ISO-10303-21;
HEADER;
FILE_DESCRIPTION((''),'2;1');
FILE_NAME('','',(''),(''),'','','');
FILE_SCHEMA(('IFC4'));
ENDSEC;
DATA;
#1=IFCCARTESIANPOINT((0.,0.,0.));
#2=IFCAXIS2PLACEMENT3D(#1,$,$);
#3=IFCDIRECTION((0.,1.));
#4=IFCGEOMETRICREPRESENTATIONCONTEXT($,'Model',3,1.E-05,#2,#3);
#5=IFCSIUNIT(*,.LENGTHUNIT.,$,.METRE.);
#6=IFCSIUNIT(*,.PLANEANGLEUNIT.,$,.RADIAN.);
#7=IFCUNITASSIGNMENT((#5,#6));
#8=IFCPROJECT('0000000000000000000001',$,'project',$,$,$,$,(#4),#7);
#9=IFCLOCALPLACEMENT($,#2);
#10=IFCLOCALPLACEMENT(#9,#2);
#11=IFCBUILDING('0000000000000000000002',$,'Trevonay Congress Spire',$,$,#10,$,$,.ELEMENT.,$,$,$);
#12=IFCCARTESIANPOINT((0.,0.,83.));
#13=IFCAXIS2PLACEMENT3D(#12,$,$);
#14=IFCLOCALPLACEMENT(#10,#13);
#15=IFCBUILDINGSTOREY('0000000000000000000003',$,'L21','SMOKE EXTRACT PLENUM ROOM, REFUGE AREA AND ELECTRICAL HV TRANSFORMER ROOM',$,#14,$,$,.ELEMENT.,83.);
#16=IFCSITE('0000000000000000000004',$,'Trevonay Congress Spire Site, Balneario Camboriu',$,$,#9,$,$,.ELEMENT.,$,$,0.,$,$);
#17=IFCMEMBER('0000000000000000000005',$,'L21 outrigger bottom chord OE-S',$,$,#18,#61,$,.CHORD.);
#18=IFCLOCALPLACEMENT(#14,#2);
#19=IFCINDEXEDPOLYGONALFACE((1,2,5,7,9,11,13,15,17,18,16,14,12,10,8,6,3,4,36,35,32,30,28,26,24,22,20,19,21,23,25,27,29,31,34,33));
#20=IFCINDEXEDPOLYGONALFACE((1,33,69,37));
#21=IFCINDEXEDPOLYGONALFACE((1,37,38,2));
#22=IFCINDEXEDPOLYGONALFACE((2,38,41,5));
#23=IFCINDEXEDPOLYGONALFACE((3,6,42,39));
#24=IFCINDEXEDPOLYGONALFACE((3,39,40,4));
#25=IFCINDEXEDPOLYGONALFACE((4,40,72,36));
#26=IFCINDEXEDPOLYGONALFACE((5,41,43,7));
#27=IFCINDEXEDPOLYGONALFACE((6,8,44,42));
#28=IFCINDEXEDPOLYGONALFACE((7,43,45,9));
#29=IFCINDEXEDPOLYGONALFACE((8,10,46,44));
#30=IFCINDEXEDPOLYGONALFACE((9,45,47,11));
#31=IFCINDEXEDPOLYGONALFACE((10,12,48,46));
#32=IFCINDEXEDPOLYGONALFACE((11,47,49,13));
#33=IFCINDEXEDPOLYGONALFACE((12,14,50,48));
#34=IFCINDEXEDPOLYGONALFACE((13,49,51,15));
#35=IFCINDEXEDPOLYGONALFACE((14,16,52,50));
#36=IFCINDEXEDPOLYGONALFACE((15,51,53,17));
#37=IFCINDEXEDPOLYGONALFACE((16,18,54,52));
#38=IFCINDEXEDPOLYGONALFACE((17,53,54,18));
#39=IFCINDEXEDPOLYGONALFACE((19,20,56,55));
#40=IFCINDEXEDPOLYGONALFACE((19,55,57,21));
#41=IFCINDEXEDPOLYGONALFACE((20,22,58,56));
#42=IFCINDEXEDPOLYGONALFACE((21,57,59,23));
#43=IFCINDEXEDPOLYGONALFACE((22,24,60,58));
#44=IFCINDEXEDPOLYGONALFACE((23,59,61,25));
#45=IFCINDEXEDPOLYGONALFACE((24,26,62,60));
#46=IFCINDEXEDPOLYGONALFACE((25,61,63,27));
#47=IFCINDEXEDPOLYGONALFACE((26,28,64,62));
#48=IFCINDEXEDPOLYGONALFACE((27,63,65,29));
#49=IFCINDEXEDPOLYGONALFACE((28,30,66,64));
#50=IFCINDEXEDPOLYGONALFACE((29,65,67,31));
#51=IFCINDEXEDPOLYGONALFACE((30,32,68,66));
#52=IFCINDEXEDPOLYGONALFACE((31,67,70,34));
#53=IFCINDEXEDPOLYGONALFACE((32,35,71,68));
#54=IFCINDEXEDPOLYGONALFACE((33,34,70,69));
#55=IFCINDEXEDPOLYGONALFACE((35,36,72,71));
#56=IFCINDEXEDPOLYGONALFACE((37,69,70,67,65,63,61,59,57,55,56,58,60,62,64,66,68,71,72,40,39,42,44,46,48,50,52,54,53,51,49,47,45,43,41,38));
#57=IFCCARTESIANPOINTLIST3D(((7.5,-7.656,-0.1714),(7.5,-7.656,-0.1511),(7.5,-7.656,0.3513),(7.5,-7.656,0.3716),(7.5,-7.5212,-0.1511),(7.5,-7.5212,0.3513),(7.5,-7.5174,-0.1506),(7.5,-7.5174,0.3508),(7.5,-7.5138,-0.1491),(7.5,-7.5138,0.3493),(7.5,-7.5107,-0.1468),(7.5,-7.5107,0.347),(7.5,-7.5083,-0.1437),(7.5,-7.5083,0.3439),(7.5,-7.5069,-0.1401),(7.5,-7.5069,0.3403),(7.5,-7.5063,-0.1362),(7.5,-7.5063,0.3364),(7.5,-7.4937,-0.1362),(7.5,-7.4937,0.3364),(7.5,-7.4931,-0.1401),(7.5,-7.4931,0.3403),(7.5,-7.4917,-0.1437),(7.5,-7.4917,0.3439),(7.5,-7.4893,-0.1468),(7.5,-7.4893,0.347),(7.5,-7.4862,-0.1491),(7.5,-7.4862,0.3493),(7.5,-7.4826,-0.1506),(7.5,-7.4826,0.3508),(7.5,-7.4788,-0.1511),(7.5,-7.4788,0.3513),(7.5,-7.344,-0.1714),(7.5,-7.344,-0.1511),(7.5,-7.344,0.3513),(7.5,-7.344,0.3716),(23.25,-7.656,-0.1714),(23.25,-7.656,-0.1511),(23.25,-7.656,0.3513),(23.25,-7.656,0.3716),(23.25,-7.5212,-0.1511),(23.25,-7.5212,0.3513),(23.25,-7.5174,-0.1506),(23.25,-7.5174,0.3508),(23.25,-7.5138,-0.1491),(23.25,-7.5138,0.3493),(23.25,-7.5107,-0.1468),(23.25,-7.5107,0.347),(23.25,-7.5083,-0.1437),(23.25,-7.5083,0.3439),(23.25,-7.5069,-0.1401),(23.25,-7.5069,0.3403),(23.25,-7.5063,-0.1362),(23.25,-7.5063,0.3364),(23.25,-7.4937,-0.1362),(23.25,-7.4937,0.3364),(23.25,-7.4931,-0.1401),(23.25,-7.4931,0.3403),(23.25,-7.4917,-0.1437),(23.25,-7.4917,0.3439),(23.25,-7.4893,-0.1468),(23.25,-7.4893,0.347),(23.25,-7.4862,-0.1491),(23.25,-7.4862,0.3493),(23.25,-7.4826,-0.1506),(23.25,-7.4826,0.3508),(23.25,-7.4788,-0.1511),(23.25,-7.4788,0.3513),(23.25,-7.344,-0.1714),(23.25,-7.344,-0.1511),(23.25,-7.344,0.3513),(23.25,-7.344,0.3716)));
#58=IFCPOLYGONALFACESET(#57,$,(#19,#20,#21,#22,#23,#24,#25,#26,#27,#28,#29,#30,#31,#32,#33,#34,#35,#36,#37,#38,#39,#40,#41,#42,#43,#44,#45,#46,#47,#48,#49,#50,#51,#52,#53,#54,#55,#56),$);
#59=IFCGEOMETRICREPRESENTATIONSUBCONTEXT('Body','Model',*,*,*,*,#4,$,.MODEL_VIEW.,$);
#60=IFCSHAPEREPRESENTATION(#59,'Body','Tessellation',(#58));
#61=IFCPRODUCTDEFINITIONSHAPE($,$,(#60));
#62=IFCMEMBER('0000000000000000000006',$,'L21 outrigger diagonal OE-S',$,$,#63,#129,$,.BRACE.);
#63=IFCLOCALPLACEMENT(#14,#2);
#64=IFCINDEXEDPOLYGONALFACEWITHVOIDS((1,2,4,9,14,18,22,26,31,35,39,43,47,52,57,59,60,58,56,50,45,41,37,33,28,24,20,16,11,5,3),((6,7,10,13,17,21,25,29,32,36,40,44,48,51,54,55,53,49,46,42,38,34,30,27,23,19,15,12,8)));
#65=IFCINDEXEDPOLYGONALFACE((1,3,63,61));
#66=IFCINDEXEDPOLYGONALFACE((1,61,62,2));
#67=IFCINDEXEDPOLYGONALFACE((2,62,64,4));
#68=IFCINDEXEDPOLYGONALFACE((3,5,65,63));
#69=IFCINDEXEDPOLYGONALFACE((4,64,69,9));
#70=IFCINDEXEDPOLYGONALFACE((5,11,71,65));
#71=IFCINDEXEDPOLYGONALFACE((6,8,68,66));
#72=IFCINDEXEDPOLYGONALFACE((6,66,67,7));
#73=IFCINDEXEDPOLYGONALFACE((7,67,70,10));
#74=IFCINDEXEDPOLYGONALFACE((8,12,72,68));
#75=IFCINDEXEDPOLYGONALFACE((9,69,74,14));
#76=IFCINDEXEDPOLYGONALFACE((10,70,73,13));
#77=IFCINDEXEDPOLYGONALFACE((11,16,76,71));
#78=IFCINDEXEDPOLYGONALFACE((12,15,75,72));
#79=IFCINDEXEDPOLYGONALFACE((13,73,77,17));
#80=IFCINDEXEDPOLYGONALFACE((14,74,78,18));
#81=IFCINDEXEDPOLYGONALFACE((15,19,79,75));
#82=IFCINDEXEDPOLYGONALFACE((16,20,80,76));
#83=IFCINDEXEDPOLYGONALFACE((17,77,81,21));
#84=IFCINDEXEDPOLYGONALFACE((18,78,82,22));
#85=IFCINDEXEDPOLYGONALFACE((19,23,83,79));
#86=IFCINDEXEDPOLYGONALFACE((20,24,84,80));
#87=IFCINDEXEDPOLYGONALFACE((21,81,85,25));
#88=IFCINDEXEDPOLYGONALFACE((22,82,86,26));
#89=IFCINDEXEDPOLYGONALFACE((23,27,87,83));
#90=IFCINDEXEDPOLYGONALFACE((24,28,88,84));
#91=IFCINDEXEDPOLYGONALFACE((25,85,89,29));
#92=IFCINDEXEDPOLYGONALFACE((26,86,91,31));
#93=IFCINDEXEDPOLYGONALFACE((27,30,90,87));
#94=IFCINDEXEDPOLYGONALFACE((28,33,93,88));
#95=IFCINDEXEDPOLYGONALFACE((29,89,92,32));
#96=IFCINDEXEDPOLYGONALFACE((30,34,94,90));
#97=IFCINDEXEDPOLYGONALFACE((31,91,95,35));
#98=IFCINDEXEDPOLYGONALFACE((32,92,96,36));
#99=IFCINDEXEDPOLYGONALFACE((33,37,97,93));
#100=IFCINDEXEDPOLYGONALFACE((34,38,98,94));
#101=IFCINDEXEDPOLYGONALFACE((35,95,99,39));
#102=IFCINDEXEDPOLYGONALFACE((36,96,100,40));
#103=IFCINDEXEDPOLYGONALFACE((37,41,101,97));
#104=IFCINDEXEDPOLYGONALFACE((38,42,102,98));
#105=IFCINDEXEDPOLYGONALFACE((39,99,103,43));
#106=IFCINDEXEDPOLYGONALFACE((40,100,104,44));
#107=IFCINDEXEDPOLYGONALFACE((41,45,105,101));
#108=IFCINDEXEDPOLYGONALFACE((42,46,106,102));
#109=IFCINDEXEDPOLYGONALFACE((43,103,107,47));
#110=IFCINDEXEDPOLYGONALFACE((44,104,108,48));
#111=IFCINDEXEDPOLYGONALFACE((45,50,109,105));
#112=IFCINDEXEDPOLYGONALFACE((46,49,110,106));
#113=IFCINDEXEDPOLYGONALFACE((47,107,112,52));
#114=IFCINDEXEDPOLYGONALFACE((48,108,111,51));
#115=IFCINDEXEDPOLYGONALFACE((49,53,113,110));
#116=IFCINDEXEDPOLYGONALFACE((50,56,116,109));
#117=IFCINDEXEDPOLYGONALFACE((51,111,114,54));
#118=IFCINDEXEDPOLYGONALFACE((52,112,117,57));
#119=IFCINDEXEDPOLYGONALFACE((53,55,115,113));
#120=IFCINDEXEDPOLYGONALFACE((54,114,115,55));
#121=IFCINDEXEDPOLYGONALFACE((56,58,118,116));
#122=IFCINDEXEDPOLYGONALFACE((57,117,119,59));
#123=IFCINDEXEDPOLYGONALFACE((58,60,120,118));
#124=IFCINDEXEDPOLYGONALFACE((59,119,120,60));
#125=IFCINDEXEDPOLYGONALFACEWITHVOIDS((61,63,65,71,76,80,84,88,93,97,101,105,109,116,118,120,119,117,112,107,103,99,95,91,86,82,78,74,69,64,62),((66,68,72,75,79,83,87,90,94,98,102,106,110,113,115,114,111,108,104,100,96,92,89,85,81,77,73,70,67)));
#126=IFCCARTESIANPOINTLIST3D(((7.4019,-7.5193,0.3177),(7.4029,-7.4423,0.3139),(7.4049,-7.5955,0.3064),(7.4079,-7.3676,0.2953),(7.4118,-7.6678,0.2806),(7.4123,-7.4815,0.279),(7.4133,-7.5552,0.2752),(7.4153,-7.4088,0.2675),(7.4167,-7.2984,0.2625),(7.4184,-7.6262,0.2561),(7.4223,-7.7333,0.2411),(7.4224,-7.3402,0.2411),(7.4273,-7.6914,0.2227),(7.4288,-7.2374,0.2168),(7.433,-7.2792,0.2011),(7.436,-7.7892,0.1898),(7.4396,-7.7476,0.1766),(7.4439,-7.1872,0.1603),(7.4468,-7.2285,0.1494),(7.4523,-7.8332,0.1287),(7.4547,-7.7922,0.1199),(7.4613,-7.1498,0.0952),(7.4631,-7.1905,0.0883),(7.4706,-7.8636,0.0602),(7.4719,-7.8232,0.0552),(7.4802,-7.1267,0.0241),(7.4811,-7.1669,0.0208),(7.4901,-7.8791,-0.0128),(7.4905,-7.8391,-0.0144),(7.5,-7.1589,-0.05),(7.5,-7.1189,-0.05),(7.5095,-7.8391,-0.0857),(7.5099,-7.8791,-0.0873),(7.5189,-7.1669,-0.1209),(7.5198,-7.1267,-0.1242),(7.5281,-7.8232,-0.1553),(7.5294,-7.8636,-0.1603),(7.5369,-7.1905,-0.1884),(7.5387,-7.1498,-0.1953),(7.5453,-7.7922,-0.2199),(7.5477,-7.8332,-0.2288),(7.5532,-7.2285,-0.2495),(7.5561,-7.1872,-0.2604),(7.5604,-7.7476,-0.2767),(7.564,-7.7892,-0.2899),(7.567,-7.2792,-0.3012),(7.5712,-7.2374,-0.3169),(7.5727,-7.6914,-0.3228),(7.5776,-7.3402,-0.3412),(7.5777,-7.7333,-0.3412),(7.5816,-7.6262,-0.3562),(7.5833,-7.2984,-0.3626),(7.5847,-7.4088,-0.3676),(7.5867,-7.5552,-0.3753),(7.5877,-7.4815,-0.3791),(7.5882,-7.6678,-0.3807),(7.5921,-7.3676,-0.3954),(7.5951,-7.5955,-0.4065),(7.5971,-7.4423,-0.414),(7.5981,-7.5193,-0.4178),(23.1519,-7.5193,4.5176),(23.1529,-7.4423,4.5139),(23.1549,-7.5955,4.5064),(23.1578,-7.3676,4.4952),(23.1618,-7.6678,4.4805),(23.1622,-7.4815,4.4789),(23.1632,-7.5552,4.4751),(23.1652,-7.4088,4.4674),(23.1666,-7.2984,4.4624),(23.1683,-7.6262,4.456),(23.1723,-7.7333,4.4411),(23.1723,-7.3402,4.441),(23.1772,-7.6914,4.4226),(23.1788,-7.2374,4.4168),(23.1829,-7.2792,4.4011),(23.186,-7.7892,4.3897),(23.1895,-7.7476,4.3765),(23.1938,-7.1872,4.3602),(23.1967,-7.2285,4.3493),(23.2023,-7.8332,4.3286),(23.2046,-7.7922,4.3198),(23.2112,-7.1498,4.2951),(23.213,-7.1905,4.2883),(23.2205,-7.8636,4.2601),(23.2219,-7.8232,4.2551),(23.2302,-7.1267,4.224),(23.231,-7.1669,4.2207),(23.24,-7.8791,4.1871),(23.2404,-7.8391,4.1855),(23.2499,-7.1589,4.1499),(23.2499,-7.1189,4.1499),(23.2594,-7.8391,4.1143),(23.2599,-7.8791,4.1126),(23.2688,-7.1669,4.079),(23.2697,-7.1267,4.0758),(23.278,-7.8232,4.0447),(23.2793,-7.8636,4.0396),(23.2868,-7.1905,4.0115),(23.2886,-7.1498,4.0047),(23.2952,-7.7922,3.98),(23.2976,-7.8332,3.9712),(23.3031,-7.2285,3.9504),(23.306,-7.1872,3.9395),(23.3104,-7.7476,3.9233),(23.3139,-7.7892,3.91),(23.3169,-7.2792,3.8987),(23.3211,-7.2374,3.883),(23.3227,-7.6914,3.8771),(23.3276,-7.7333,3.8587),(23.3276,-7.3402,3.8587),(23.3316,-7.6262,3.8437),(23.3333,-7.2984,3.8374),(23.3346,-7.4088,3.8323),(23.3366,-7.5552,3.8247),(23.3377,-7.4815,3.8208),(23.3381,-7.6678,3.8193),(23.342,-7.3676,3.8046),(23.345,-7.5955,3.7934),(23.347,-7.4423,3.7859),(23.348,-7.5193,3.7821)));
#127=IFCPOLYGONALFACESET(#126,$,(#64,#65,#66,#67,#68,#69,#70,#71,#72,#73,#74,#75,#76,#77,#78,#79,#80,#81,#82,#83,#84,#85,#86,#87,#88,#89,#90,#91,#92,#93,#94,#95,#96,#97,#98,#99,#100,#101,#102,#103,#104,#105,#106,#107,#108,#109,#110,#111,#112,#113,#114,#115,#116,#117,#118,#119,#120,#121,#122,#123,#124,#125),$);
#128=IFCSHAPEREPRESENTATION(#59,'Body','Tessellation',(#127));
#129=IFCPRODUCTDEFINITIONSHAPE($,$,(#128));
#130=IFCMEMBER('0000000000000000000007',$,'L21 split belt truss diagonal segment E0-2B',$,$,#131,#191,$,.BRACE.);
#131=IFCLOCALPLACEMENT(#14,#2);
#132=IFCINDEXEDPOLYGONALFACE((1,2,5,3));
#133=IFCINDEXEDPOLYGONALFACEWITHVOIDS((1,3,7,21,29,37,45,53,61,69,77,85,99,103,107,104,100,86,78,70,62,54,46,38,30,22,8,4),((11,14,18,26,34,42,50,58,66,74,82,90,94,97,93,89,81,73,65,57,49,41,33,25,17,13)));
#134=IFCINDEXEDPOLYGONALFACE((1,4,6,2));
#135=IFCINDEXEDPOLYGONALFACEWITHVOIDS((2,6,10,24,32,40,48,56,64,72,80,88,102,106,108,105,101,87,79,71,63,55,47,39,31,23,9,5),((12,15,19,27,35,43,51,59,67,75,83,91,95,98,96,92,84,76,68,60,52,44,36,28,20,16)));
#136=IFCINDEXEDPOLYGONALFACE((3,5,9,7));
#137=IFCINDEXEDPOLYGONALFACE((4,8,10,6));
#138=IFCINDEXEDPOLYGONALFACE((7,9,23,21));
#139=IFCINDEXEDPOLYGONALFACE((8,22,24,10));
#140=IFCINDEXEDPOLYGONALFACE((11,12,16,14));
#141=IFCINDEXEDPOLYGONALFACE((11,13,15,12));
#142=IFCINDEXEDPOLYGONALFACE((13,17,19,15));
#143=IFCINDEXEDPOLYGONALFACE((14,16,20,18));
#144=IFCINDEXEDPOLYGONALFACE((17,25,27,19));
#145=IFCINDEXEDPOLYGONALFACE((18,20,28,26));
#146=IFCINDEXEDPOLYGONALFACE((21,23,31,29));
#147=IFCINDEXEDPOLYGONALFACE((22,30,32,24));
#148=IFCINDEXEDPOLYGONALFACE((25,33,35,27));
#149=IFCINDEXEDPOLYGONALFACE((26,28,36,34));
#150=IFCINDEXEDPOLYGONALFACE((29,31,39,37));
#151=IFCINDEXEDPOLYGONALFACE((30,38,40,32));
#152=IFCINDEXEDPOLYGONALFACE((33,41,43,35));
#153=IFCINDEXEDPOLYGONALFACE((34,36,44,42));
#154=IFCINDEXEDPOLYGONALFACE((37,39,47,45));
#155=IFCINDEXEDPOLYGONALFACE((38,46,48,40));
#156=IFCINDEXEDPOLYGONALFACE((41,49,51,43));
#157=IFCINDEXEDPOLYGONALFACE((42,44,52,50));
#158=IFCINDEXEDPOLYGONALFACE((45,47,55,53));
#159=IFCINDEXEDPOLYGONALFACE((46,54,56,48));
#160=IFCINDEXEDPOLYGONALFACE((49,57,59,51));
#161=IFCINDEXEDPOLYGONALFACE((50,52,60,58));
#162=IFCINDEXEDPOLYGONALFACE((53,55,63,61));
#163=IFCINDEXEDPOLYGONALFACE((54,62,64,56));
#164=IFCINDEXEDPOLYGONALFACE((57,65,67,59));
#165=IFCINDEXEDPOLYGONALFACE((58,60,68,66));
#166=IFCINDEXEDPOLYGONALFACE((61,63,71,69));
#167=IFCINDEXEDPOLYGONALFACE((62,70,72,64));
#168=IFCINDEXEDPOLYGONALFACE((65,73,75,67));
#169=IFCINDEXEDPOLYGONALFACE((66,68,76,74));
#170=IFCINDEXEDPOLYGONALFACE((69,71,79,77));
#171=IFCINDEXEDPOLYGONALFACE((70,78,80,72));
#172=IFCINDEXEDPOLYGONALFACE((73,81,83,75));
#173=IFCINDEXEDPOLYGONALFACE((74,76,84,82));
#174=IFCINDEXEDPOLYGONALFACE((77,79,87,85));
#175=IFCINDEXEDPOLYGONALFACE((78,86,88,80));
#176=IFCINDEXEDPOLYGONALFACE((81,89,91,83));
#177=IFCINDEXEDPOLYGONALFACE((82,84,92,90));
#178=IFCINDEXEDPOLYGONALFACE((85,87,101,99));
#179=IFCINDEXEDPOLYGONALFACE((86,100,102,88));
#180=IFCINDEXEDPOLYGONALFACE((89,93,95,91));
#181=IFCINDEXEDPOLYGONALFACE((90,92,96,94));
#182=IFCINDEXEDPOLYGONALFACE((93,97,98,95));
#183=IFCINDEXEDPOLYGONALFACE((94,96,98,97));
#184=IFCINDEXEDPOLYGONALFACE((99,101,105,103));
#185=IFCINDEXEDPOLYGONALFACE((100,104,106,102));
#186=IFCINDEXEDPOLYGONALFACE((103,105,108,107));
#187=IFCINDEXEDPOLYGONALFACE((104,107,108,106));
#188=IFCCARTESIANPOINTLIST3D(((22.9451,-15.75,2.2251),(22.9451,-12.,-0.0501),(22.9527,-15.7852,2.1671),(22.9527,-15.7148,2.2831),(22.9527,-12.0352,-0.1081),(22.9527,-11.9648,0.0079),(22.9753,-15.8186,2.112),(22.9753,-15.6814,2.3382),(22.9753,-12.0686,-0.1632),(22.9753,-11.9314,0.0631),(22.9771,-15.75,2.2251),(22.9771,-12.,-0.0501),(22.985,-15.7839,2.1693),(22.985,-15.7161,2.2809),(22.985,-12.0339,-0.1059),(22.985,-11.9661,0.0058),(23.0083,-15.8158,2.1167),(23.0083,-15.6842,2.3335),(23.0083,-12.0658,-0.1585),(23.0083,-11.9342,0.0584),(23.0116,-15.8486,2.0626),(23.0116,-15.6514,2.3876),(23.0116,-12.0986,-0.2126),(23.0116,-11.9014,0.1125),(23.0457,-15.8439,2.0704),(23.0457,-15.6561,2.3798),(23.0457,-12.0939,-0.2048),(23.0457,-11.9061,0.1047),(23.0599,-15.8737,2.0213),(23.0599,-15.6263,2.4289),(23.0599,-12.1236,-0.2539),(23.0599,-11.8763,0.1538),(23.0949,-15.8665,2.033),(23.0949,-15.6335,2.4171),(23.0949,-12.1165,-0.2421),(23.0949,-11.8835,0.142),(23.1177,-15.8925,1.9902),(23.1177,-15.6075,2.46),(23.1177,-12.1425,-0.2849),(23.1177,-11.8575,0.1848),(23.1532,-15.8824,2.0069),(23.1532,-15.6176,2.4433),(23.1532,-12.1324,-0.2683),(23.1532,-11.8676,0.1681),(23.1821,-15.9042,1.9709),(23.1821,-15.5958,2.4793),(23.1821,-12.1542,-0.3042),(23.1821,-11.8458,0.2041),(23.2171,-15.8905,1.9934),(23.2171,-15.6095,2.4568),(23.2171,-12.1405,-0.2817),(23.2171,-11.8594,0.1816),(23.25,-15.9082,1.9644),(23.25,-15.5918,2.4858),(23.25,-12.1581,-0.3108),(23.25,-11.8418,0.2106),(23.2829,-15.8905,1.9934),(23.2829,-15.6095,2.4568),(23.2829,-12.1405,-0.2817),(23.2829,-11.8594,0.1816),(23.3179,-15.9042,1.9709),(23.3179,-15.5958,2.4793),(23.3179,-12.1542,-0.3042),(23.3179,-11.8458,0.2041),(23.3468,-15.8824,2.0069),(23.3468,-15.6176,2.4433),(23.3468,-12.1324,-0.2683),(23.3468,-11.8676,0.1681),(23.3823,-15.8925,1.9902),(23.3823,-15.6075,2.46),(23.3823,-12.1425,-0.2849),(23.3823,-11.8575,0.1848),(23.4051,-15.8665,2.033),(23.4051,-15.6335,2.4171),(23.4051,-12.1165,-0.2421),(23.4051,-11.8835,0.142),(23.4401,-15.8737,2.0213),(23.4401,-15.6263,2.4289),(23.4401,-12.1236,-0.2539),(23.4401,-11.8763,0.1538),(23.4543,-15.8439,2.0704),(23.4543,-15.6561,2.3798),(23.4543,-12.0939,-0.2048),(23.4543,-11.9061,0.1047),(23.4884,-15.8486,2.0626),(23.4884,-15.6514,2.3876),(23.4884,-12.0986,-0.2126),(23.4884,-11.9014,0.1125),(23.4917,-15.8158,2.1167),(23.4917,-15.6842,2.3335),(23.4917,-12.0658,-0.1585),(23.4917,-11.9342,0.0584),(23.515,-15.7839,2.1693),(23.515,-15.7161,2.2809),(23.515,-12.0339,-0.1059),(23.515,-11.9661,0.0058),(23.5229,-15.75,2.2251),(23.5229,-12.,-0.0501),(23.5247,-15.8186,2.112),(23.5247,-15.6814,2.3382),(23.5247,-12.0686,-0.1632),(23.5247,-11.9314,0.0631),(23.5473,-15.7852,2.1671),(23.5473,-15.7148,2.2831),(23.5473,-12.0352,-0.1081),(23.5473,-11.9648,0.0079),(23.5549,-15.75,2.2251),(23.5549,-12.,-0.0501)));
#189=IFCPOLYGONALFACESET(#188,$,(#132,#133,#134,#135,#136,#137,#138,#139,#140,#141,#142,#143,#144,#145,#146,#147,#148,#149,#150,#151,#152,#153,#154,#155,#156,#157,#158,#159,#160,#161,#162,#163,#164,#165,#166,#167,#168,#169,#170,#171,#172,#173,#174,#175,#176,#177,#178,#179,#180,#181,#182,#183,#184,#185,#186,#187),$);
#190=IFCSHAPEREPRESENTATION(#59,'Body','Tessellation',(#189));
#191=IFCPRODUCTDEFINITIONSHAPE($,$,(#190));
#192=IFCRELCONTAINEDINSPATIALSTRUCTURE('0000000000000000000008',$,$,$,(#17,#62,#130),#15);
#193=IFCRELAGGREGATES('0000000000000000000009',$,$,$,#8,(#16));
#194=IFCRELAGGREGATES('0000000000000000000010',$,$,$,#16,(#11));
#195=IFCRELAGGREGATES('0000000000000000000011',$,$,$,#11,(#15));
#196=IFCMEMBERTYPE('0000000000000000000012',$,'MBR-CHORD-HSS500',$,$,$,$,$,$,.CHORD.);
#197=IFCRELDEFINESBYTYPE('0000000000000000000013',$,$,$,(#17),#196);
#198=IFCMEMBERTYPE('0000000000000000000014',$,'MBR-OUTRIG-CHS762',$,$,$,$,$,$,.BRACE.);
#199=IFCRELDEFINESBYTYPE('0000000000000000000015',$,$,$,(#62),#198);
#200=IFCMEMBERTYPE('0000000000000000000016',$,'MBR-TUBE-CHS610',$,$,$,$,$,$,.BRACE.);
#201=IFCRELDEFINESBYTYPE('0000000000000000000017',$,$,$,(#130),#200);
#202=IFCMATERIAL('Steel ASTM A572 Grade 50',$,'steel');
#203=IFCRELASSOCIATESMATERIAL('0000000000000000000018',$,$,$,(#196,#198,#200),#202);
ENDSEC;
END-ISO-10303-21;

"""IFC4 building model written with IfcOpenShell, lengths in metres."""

from ifc_helpers import new_model, si_unit, direction, frame, origin, origin_2d, place, context, subcontext, project, spatial, hollow_circle, i_section, extrude, material, material_profile, profile_set, type_object, element, save


model = new_model("IFC4")

# Units and contexts
model_context = context("Model", 3, precision=1e-05, world=origin(), true_north=direction((0.0, 1.0)))
body_context = subcontext(model_context, "Body", "Model", "MODEL_VIEW")
ifc_project = project(units=[si_unit("LENGTHUNIT", "METRE"), si_unit("PLANEANGLEUNIT", "RADIAN")], contexts=[model_context])

# Site, building, storey
site_placement = place(None, origin())
site = spatial("IfcSite", under=ifc_project, at=site_placement, Name="Trevonay Congress Spire Site, Balneario Camboriu", CompositionType="ELEMENT", RefElevation=0.0)
building_placement = place(site_placement, origin())
building = spatial("IfcBuilding", under=site, at=building_placement, Name="Trevonay Congress Spire", CompositionType="ELEMENT")
storey_placement = place(building_placement, frame((0.0, 0.0, 83.0)))
storey = spatial("IfcBuildingStorey", under=building, at=storey_placement, Name="L21", Description="SMOKE EXTRACT PLENUM ROOM, REFUGE AREA AND ELECTRICAL HV TRANSFORMER ROOM", CompositionType="ELEMENT", Elevation=83.0)

# Shared definitions
ifc_material_1 = material(Name="Steel ASTM A572 Grade 50", Category="steel")

# Members
ifc_material_profile_1 = material_profile(ifc_material_1, i_section(OverallWidth=0.312, OverallDepth=0.543, WebThickness=0.0127, FlangeThickness=0.0203, FilletRadius=0.0149, at=origin_2d()), Name="W530x150")
ifc_profile_set_1 = profile_set([ifc_material_profile_1], Name="Steel ASTM A572 Grade 50")
member_type_1 = type_object("IfcMemberType", Name="MBR-CHORD-HSS500", PredefinedType="CHORD", material=ifc_profile_set_1)
member_1_placement = place(storey_placement, frame((7.5, -7.5, 0.1001), z_axis=(1.0, 0.0, 0.0), x_axis=(0.0, 1.0, 0.0)))
element("IfcMember", 1, at=member_1_placement, inside=storey, type_object=member_type_1, Name="L21 outrigger bottom chord OE-S", PredefinedType="CHORD", context=body_context, shape_type="SweptSolid", body=[
    extrude(i_section(OverallWidth=0.312, OverallDepth=0.543, WebThickness=0.0127, FlangeThickness=0.0203, FilletRadius=0.0149, at=origin_2d()), origin(), (0.0, 0.0, 1.0), 15.75),
])
ifc_material_profile_2 = material_profile(ifc_material_1, hollow_circle(Radius=0.3811, WallThickness=0.04, at=origin_2d()), Name="CHS 762x40")
ifc_profile_set_2 = profile_set([ifc_material_profile_2], Name="Steel ASTM A572 Grade 50")
member_type_2 = type_object("IfcMemberType", Name="MBR-OUTRIG-CHS762", PredefinedType="BRACE", material=ifc_profile_set_2)
member_2_placement = place(storey_placement, frame((7.5, -7.5, -0.05), z_axis=(0.966236, 0.0, 0.25766), x_axis=(0.0, 1.0, 0.0)))
element("IfcMember", 2, at=member_2_placement, inside=storey, type_object=member_type_2, Name="L21 outrigger diagonal OE-S", PredefinedType="BRACE", context=body_context, shape_type="SweptSolid", body=[
    extrude(hollow_circle(Radius=0.3811, WallThickness=0.04, at=origin_2d()), origin(), (0.0, 0.0, 1.0), 16.3003),
])
ifc_material_profile_3 = material_profile(ifc_material_1, hollow_circle(Radius=0.3049, WallThickness=0.032, at=origin_2d()), Name="CHS 610x32")
ifc_profile_set_3 = profile_set([ifc_material_profile_3], Name="Steel ASTM A572 Grade 50")
member_type_3 = type_object("IfcMemberType", Name="MBR-TUBE-CHS610", PredefinedType="BRACE", material=ifc_profile_set_3)
member_3_placement = place(storey_placement, frame((23.25, -15.75, 2.2251), z_axis=(0.0, 0.854953, -0.518705), x_axis=(-1.0, 0.0, 0.0)))
element("IfcMember", 3, at=member_3_placement, inside=storey, type_object=member_type_3, Name="L21 split belt truss diagonal segment E0-2B", PredefinedType="BRACE", context=body_context, shape_type="SweptSolid", body=[
    extrude(hollow_circle(Radius=0.3049, WallThickness=0.032, at=origin_2d()), origin(), (0.0, 0.0, 1.0), 4.3862),
])

save(model, "model.ifc")
